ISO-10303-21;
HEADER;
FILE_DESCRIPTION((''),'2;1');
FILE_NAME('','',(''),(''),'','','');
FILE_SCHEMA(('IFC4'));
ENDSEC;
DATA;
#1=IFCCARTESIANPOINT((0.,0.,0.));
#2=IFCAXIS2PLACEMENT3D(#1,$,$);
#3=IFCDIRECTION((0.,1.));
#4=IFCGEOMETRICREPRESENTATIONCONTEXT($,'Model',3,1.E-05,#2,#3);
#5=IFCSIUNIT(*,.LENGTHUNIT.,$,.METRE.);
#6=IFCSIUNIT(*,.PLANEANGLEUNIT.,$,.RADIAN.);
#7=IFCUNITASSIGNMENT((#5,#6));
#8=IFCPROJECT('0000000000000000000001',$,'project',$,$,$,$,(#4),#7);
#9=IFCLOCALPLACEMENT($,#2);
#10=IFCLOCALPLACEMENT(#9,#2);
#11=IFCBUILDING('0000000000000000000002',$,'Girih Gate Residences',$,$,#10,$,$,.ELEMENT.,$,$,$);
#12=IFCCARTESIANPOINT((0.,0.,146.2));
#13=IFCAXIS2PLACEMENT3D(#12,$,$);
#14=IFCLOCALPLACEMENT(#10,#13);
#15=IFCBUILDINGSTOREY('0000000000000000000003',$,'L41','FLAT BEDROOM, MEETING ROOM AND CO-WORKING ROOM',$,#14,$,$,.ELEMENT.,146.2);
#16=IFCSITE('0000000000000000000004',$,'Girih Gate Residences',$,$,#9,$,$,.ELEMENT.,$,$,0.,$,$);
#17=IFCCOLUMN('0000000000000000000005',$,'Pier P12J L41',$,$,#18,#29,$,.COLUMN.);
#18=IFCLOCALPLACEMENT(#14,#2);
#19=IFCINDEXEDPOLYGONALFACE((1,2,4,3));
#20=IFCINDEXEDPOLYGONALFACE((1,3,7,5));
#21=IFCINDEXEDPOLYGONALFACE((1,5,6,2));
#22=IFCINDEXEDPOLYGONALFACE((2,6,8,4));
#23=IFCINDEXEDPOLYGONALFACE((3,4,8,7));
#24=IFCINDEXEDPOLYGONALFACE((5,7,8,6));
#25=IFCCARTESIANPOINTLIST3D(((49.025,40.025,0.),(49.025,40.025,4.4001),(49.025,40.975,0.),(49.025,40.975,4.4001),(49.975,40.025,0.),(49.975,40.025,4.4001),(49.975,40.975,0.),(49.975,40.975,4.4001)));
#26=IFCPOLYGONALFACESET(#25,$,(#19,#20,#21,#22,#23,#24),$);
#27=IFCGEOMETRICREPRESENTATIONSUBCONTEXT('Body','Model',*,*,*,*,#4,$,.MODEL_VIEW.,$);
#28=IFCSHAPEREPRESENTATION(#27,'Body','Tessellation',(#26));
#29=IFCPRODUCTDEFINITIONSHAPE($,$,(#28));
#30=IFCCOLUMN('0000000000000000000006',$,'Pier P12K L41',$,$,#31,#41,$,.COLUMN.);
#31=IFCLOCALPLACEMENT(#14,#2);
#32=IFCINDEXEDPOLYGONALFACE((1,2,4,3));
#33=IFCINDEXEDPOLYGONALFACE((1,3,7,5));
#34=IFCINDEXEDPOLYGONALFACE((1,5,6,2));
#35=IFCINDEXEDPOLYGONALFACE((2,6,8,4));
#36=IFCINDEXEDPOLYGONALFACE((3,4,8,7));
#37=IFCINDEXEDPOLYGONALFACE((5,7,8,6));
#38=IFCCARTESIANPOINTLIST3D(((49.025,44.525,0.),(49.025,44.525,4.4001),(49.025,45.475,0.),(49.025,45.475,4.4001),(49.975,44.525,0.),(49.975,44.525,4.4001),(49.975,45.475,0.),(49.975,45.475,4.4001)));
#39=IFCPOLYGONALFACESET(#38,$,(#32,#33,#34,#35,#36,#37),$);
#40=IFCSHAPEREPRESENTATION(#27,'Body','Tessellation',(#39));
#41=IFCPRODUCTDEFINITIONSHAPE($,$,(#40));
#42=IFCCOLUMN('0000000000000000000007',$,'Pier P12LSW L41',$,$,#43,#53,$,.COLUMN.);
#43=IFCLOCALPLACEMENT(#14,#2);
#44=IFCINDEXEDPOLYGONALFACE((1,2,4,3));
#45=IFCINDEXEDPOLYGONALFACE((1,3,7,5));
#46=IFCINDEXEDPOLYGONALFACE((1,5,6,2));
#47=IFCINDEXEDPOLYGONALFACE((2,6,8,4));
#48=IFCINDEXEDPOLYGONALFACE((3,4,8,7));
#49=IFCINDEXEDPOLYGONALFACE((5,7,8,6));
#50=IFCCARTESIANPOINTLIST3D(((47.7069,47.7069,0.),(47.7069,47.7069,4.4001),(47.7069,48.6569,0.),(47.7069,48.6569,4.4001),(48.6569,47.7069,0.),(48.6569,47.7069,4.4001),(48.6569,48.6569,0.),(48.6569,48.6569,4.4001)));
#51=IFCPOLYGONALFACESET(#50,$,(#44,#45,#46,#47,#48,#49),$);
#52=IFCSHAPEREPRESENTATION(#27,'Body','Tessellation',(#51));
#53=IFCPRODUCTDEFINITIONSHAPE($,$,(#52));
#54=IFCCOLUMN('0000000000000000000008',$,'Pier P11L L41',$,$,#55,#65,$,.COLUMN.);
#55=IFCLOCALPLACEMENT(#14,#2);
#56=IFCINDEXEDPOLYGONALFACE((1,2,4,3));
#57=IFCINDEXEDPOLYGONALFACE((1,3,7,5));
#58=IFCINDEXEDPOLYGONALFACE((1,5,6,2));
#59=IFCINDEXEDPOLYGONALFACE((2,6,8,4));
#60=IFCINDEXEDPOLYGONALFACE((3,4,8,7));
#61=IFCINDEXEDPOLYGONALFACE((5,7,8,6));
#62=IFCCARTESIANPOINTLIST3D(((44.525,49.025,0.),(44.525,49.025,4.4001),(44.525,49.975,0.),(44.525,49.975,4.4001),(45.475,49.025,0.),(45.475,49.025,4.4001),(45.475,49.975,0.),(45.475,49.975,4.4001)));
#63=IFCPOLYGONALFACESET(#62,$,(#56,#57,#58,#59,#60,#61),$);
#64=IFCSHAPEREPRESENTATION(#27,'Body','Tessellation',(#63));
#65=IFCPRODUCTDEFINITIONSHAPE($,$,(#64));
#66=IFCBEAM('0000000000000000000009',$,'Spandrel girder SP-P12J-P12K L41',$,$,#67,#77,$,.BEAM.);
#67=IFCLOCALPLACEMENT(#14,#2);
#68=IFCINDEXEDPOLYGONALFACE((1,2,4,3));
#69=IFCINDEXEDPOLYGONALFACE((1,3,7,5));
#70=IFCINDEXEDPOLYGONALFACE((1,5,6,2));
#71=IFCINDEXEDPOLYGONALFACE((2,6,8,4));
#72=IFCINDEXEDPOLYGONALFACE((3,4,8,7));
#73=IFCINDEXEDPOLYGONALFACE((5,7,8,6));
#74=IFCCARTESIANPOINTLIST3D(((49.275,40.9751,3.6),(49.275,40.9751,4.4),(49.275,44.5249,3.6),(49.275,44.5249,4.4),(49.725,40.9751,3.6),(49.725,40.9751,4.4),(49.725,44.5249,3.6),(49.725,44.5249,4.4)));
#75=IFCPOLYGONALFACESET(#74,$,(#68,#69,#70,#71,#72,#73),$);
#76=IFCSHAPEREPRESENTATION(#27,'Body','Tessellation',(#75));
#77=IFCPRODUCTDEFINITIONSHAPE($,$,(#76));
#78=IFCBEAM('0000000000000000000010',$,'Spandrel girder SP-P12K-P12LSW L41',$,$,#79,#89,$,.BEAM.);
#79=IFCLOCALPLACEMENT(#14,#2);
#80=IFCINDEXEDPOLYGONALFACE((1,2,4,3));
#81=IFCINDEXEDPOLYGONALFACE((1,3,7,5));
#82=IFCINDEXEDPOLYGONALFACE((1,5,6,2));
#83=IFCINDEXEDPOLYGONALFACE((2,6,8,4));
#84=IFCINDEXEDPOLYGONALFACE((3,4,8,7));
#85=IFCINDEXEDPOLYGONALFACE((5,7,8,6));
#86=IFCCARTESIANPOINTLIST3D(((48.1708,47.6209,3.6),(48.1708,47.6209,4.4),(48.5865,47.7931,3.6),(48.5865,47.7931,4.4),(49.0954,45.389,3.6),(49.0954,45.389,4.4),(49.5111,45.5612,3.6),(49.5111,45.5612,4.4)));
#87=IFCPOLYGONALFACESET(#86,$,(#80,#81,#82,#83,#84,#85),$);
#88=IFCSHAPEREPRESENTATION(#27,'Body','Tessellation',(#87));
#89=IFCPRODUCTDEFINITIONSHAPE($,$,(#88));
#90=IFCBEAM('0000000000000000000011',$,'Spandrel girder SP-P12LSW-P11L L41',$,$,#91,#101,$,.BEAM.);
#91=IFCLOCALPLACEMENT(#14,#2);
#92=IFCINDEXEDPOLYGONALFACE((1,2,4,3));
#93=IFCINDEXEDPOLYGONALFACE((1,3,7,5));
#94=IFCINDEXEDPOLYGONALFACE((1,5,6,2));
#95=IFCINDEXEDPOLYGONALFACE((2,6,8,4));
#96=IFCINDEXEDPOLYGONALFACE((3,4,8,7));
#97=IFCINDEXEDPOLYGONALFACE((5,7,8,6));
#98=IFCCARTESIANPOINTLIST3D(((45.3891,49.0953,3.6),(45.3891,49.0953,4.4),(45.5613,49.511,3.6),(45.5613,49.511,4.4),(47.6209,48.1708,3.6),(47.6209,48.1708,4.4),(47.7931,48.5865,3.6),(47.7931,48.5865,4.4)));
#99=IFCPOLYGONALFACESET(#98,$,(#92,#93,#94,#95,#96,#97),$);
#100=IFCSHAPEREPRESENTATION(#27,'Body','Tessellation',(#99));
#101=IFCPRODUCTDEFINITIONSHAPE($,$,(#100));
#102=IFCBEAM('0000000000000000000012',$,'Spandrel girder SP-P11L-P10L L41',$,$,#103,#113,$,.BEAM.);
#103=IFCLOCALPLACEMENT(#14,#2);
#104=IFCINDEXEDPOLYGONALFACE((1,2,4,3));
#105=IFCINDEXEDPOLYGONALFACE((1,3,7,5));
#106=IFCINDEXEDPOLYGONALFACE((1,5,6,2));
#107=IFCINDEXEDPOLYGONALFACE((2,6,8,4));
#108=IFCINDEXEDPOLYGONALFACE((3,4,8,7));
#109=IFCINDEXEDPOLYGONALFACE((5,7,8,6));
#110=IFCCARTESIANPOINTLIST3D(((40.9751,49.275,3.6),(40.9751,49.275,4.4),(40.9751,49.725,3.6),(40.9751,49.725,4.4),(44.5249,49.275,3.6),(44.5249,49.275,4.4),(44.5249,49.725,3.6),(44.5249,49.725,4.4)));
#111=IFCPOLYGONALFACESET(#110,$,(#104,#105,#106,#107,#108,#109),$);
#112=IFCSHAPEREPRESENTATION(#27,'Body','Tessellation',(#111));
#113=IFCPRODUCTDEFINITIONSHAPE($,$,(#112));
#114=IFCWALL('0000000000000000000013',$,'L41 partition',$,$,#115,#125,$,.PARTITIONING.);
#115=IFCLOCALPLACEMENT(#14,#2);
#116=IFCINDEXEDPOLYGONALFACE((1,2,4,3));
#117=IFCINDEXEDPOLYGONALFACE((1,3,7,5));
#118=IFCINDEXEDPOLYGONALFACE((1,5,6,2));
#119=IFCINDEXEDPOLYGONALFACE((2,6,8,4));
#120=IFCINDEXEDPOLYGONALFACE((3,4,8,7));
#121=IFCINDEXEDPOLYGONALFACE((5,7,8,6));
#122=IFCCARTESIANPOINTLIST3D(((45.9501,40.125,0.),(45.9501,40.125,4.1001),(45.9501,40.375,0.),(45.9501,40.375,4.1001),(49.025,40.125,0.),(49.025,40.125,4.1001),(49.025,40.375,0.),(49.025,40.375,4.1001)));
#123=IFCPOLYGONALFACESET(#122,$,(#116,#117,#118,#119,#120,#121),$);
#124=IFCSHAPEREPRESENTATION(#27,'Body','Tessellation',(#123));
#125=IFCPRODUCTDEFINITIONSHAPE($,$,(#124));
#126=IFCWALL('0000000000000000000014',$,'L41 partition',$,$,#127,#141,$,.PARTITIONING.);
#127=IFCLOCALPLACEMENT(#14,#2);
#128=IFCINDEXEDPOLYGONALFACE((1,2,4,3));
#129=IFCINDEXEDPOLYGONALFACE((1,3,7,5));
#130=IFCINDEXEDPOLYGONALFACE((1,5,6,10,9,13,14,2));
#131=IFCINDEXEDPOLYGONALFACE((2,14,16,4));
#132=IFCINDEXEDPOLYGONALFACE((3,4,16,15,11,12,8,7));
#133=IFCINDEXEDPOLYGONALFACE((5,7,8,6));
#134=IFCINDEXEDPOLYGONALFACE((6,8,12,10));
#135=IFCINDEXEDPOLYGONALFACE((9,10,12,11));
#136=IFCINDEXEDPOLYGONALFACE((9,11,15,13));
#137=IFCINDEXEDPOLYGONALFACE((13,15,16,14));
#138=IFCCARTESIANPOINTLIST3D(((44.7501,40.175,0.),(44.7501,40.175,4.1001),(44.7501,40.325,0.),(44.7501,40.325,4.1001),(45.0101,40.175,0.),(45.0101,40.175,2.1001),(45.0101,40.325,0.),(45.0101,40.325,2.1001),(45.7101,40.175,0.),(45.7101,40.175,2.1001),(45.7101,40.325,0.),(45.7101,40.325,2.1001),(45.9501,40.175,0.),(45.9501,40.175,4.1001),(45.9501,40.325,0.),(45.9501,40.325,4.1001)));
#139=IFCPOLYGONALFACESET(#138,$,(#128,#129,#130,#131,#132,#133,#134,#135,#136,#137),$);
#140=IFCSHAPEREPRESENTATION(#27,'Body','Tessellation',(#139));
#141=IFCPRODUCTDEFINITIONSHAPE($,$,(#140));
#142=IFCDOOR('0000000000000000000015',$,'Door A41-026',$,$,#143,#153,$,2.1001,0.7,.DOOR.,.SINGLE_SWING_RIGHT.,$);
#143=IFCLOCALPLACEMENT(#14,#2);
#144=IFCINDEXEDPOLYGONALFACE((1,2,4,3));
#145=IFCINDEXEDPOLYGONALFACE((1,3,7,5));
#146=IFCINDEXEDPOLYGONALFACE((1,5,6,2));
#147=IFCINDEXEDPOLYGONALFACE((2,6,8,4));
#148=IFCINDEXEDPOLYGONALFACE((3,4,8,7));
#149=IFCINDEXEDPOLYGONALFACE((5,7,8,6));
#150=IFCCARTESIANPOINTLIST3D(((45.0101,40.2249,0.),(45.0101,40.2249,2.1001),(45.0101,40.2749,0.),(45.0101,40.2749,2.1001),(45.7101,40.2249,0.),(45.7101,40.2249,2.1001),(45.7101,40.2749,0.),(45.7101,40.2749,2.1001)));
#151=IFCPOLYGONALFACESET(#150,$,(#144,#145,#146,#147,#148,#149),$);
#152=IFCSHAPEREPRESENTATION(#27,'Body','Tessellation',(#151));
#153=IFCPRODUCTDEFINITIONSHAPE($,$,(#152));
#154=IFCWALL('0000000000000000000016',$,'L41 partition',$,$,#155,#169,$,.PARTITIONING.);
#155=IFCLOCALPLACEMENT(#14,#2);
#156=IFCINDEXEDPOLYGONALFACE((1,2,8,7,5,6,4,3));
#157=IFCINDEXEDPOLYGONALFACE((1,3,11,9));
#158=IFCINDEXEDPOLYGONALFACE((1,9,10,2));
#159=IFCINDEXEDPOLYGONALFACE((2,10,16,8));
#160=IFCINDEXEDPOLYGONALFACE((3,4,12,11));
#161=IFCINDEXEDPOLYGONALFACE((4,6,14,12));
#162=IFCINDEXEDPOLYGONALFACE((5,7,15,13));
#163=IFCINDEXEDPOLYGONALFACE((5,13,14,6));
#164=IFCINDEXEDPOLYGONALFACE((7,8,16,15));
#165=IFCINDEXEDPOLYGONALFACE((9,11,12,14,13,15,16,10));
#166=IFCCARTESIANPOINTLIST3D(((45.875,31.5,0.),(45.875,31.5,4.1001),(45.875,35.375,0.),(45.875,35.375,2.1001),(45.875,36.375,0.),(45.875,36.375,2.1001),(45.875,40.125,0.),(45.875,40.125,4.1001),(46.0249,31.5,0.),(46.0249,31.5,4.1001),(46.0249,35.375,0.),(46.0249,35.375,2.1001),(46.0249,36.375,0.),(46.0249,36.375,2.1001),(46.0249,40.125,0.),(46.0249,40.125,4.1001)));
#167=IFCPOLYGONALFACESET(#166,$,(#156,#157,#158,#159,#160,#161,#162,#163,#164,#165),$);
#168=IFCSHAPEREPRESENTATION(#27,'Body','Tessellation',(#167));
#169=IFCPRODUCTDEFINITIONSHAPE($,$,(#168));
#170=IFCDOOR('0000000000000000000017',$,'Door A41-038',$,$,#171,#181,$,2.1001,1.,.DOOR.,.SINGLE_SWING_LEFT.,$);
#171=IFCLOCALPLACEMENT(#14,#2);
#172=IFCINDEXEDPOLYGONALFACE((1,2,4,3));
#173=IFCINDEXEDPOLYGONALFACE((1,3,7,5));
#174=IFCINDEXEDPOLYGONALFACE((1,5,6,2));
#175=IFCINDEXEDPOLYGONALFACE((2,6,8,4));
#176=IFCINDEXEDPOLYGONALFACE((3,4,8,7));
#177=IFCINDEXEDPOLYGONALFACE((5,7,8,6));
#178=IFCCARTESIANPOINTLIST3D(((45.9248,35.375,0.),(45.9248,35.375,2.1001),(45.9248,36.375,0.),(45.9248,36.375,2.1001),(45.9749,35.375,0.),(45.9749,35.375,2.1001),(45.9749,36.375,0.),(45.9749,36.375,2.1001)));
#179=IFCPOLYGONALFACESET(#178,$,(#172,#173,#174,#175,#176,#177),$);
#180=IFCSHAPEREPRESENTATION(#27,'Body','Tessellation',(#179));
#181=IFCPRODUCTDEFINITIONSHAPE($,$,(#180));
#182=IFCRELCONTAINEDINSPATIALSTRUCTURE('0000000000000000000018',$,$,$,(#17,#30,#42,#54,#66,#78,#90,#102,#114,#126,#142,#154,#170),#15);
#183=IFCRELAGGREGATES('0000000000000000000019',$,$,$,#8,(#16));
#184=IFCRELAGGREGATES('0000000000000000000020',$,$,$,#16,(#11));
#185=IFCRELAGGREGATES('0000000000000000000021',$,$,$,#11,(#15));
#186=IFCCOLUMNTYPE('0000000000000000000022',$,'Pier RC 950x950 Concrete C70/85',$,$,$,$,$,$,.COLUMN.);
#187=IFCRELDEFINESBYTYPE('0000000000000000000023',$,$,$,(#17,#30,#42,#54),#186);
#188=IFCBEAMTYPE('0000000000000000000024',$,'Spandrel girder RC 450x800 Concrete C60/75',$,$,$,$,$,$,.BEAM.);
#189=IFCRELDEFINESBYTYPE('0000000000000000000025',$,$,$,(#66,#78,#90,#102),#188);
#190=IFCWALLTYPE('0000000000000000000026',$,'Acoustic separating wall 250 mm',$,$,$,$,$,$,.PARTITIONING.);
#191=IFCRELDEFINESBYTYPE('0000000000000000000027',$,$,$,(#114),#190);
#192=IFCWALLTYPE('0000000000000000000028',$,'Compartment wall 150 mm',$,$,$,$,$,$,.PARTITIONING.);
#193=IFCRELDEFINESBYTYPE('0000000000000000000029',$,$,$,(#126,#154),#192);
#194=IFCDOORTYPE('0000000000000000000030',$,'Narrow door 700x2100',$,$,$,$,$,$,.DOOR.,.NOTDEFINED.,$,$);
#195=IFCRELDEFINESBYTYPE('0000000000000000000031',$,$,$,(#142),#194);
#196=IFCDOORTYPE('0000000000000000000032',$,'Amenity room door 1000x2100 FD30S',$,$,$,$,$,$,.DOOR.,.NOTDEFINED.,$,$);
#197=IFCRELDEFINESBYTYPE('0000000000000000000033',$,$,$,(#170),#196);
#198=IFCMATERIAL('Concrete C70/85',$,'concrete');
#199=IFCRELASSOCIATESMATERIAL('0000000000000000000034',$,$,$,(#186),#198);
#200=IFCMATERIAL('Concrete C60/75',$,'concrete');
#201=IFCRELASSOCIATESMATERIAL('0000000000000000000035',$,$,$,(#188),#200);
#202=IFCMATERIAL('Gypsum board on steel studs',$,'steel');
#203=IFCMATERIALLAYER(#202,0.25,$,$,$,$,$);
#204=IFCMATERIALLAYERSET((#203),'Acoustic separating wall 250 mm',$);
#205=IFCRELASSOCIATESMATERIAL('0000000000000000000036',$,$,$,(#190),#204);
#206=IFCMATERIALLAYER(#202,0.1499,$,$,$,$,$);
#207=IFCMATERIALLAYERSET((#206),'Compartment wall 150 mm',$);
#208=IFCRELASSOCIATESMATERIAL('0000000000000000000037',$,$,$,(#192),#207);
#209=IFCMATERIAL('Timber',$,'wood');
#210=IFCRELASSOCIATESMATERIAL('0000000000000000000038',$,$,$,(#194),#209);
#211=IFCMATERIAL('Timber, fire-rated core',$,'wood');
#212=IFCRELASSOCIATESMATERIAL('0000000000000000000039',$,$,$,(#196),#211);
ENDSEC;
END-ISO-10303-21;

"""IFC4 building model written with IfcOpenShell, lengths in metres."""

from ifc_helpers import new_model, si_unit, direction, frame, frame_2d, origin, origin_2d, place, context, subcontext, project, spatial, rectangle, extrude, material, layer, layer_set, material_profile, profile_set, type_object, element, fill, save


model = new_model("IFC4")

# Units and contexts
model_context = context("Model", 3, precision=1e-05, world=origin(), true_north=direction((0.0, 1.0)))
body_context = subcontext(model_context, "Body", "Model", "MODEL_VIEW")
ifc_project = project(units=[si_unit("LENGTHUNIT", "METRE"), si_unit("PLANEANGLEUNIT", "RADIAN")], contexts=[model_context])

# Site, building, storey
site_placement = place(None, origin())
site = spatial("IfcSite", under=ifc_project, at=site_placement, Name="Girih Gate Residences", CompositionType="ELEMENT", RefElevation=0.0)
building_placement = place(site_placement, origin())
building = spatial("IfcBuilding", under=site, at=building_placement, Name="Girih Gate Residences", CompositionType="ELEMENT")
storey_placement = place(building_placement, frame((0.0, 0.0, 146.2)))
storey = spatial("IfcBuildingStorey", under=building, at=storey_placement, Name="L41", Description="FLAT BEDROOM, MEETING ROOM AND CO-WORKING ROOM", CompositionType="ELEMENT", Elevation=146.2)

# Columns
ifc_material_1 = material(Name="Concrete C70/85", Category="concrete")
ifc_material_profile_1 = material_profile(ifc_material_1, rectangle(XDim=0.95, YDim=0.95, at=origin_2d()))
ifc_profile_set_1 = profile_set([ifc_material_profile_1], Name="Concrete C70/85")
column_type = type_object("IfcColumnType", Name="Pier RC 950x950 Concrete C70/85", PredefinedType="COLUMN", material=ifc_profile_set_1)
for number, where, z_axis, x_axis, name in (
    (1, (49.5, 40.5, 0.0), (0.0, 0.0, 1.0), (1.0, 0.0, 0.0), "Pier P12J L41"),
    (2, (49.5, 45.0, 0.0), (0.0, 0.0, 1.0), (1.0, 0.0, 0.0), "Pier P12K L41"),
    (3, (48.1819, 48.1819, 0.0), (0.0, 0.0, 1.0), (1.0, 0.0, 0.0), "Pier P12LSW L41"),
    (4, (45.0, 49.5, 0.0), (0.0, 0.0, 1.0), (1.0, 0.0, 0.0), "Pier P11L L41"),
):
    element("IfcColumn", number, at=place(storey_placement, frame(where, z_axis=z_axis, x_axis=x_axis)), inside=storey, type_object=column_type, Name=name, PredefinedType="COLUMN", context=body_context, shape_type="SweptSolid", body=[
        extrude(rectangle(XDim=0.95, YDim=0.95, at=origin_2d()), origin(), (0.0, 0.0, 1.0), 4.4001),
    ])

# Beams
ifc_material_2 = material(Name="Concrete C60/75", Category="concrete")
ifc_material_profile_2 = material_profile(ifc_material_2, rectangle(XDim=0.45, YDim=0.8, at=origin_2d()))
ifc_profile_set_2 = profile_set([ifc_material_profile_2], Name="Concrete C60/75")
beam_type = type_object("IfcBeamType", Name="Spandrel girder RC 450x800 Concrete C60/75", PredefinedType="BEAM", material=ifc_profile_set_2)
beam_1_placement = place(storey_placement, frame((49.5, 40.9751, 4.0), z_axis=(0.0, 1.0, 0.0), x_axis=(-1.0, 0.0, 0.0)))
element("IfcBeam", 5, at=beam_1_placement, inside=storey, type_object=beam_type, Name="Spandrel girder SP-P12J-P12K L41", PredefinedType="BEAM", context=body_context, shape_type="SweptSolid", body=[
    extrude(rectangle(XDim=0.45, YDim=0.8, at=origin_2d()), origin(), (0.0, 0.0, 1.0), 3.5498),
])
for number, where, z_axis, x_axis, name in (
    (6, (49.3032, 45.4751, 4.0), (-0.382706, 0.92387, 0.0), (-0.92387, -0.382706, 0.0), "Spandrel girder SP-P12K-P12LSW L41"),
    (7, (47.707, 48.3787, 4.0), (-0.92387, 0.382706, 0.0), (-0.382706, -0.92387, 0.0), "Spandrel girder SP-P12LSW-P11L L41"),
):
    element("IfcBeam", number, at=place(storey_placement, frame(where, z_axis=z_axis, x_axis=x_axis)), inside=storey, type_object=beam_type, Name=name, PredefinedType="BEAM", context=body_context, shape_type="SweptSolid", body=[
        extrude(rectangle(XDim=0.45, YDim=0.8, at=origin_2d()), origin(), (0.0, 0.0, 1.0), 2.4158),
    ])
beam_2_placement = place(storey_placement, frame((44.5249, 49.5, 4.0), z_axis=(-1.0, 0.0, 0.0), x_axis=(0.0, -1.0, 0.0)))
element("IfcBeam", 8, at=beam_2_placement, inside=storey, type_object=beam_type, Name="Spandrel girder SP-P11L-P10L L41", PredefinedType="BEAM", context=body_context, shape_type="SweptSolid", body=[
    extrude(rectangle(XDim=0.45, YDim=0.8, at=origin_2d()), origin(), (0.0, 0.0, 1.0), 3.5498),
])

# Wall
ifc_material_3 = material(Name="Gypsum board on steel studs", Category="steel")
ifc_layer_1 = layer(ifc_material_3, 0.25)
ifc_layer_set_1 = layer_set([ifc_layer_1], Name="Acoustic separating wall 250 mm")
wall_type_1 = type_object("IfcWallType", Name="Acoustic separating wall 250 mm", PredefinedType="PARTITIONING", material=ifc_layer_set_1)
wall_1_placement = place(storey_placement, frame((45.95, 40.25, 0.0), z_axis=(0.0, 0.0, 1.0), x_axis=(1.0, 0.0, 0.0)))
element("IfcWall", 9, at=wall_1_placement, inside=storey, type_object=wall_type_1, Name="L41 partition", PredefinedType="PARTITIONING", context=body_context, shape_type="SweptSolid", body=[
    extrude(rectangle(XDim=3.075, YDim=0.25, at=frame_2d((1.5376, 0.0))), origin(), (0.0, 0.0, 1.0), 4.1001),
])

# Walls, openings, doors
ifc_layer_2 = layer(ifc_material_3, 0.1499)
ifc_layer_set_2 = layer_set([ifc_layer_2], Name="Compartment wall 150 mm")
wall_type_2 = type_object("IfcWallType", Name="Compartment wall 150 mm", PredefinedType="PARTITIONING", material=ifc_layer_set_2)
wall_2_placement = place(storey_placement, frame((44.75, 40.25, 0.0), z_axis=(0.0, 0.0, 1.0), x_axis=(1.0, 0.0, 0.0)))
wall_2 = element("IfcWall", 10, at=wall_2_placement, inside=storey, type_object=wall_type_2, Name="L41 partition", PredefinedType="PARTITIONING", context=body_context, shape_type="SweptSolid", body=[
    extrude(rectangle(XDim=1.2, YDim=0.1499, at=frame_2d((0.6001, 0.0))), origin(), (0.0, 0.0, 1.0), 4.1001),
])
opening_1_placement = place(wall_2_placement, frame((0.26, 0.0, 0.0)))
opening_1 = element("IfcOpeningElement", 11, at=opening_1_placement, cuts=wall_2, PredefinedType="OPENING", context=body_context, shape_type="SweptSolid", body=[
    extrude(rectangle(XDim=0.7, YDim=2.1001, at=frame_2d((0.3501, 1.05))), frame((0.0, 0.085, 0.0), z_axis=(0.0, -1.0, 0.0), x_axis=(1.0, 0.0, 0.0)), (0.0, 0.0, 1.0), 0.1699),
])
ifc_material_4 = material(Name="Timber", Category="wood")
door_type_1 = type_object("IfcDoorType", Name="Narrow door 700x2100", OperationType="NOTDEFINED", PredefinedType="DOOR", material=ifc_material_4)
door_1_placement = place(opening_1_placement, origin())
door_1 = element("IfcDoor", 12, at=door_1_placement, inside=storey, type_object=door_type_1, Name="Door A41-026", OperationType="SINGLE_SWING_RIGHT", OverallHeight=2.1001, OverallWidth=0.7, PredefinedType="DOOR", context=body_context, shape_type="SweptSolid", body=[
    extrude(rectangle(XDim=0.7, YDim=2.1001, at=frame_2d((0.3501, 1.05))), frame((0.0, 0.0249, 0.0), z_axis=(0.0, -1.0, 0.0), x_axis=(1.0, 0.0, 0.0)), (0.0, 0.0, 1.0), 0.05),
])
fill(opening_1, door_1)
wall_3_placement = place(storey_placement, frame((45.95, 40.125, 0.0), z_axis=(0.0, 0.0, 1.0), x_axis=(0.0, -1.0, 0.0)))
wall_3 = element("IfcWall", 13, at=wall_3_placement, inside=storey, type_object=wall_type_2, Name="L41 partition", PredefinedType="PARTITIONING", context=body_context, shape_type="SweptSolid", body=[
    extrude(rectangle(XDim=8.625, YDim=0.1499, at=frame_2d((4.3125, 0.0))), origin(), (0.0, 0.0, 1.0), 4.1001),
])
opening_2_placement = place(wall_3_placement, frame((3.75, 0.0, 0.0)))
opening_2 = element("IfcOpeningElement", 14, at=opening_2_placement, cuts=wall_3, PredefinedType="OPENING", context=body_context, shape_type="SweptSolid", body=[
    extrude(rectangle(XDim=1.0, YDim=2.1001, at=frame_2d((0.5, 1.05))), frame((0.0, 0.085, 0.0), z_axis=(0.0, -1.0, 0.0), x_axis=(1.0, 0.0, 0.0)), (0.0, 0.0, 1.0), 0.1699),
])
ifc_material_5 = material(Name="Timber, fire-rated core", Category="wood")
door_type_2 = type_object("IfcDoorType", Name="Amenity room door 1000x2100 FD30S", OperationType="NOTDEFINED", PredefinedType="DOOR", material=ifc_material_5)
door_2_placement = place(opening_2_placement, origin())
door_2 = element("IfcDoor", 15, at=door_2_placement, inside=storey, type_object=door_type_2, Name="Door A41-038", OperationType="SINGLE_SWING_LEFT", OverallHeight=2.1001, OverallWidth=1.0, PredefinedType="DOOR", context=body_context, shape_type="SweptSolid", body=[
    extrude(rectangle(XDim=1.0, YDim=2.1001, at=frame_2d((0.5, 1.05))), frame((0.0, 0.0249, 0.0), z_axis=(0.0, -1.0, 0.0), x_axis=(1.0, 0.0, 0.0)), (0.0, 0.0, 1.0), 0.05),
])
fill(opening_2, door_2)

save(model, "model.ifc")
